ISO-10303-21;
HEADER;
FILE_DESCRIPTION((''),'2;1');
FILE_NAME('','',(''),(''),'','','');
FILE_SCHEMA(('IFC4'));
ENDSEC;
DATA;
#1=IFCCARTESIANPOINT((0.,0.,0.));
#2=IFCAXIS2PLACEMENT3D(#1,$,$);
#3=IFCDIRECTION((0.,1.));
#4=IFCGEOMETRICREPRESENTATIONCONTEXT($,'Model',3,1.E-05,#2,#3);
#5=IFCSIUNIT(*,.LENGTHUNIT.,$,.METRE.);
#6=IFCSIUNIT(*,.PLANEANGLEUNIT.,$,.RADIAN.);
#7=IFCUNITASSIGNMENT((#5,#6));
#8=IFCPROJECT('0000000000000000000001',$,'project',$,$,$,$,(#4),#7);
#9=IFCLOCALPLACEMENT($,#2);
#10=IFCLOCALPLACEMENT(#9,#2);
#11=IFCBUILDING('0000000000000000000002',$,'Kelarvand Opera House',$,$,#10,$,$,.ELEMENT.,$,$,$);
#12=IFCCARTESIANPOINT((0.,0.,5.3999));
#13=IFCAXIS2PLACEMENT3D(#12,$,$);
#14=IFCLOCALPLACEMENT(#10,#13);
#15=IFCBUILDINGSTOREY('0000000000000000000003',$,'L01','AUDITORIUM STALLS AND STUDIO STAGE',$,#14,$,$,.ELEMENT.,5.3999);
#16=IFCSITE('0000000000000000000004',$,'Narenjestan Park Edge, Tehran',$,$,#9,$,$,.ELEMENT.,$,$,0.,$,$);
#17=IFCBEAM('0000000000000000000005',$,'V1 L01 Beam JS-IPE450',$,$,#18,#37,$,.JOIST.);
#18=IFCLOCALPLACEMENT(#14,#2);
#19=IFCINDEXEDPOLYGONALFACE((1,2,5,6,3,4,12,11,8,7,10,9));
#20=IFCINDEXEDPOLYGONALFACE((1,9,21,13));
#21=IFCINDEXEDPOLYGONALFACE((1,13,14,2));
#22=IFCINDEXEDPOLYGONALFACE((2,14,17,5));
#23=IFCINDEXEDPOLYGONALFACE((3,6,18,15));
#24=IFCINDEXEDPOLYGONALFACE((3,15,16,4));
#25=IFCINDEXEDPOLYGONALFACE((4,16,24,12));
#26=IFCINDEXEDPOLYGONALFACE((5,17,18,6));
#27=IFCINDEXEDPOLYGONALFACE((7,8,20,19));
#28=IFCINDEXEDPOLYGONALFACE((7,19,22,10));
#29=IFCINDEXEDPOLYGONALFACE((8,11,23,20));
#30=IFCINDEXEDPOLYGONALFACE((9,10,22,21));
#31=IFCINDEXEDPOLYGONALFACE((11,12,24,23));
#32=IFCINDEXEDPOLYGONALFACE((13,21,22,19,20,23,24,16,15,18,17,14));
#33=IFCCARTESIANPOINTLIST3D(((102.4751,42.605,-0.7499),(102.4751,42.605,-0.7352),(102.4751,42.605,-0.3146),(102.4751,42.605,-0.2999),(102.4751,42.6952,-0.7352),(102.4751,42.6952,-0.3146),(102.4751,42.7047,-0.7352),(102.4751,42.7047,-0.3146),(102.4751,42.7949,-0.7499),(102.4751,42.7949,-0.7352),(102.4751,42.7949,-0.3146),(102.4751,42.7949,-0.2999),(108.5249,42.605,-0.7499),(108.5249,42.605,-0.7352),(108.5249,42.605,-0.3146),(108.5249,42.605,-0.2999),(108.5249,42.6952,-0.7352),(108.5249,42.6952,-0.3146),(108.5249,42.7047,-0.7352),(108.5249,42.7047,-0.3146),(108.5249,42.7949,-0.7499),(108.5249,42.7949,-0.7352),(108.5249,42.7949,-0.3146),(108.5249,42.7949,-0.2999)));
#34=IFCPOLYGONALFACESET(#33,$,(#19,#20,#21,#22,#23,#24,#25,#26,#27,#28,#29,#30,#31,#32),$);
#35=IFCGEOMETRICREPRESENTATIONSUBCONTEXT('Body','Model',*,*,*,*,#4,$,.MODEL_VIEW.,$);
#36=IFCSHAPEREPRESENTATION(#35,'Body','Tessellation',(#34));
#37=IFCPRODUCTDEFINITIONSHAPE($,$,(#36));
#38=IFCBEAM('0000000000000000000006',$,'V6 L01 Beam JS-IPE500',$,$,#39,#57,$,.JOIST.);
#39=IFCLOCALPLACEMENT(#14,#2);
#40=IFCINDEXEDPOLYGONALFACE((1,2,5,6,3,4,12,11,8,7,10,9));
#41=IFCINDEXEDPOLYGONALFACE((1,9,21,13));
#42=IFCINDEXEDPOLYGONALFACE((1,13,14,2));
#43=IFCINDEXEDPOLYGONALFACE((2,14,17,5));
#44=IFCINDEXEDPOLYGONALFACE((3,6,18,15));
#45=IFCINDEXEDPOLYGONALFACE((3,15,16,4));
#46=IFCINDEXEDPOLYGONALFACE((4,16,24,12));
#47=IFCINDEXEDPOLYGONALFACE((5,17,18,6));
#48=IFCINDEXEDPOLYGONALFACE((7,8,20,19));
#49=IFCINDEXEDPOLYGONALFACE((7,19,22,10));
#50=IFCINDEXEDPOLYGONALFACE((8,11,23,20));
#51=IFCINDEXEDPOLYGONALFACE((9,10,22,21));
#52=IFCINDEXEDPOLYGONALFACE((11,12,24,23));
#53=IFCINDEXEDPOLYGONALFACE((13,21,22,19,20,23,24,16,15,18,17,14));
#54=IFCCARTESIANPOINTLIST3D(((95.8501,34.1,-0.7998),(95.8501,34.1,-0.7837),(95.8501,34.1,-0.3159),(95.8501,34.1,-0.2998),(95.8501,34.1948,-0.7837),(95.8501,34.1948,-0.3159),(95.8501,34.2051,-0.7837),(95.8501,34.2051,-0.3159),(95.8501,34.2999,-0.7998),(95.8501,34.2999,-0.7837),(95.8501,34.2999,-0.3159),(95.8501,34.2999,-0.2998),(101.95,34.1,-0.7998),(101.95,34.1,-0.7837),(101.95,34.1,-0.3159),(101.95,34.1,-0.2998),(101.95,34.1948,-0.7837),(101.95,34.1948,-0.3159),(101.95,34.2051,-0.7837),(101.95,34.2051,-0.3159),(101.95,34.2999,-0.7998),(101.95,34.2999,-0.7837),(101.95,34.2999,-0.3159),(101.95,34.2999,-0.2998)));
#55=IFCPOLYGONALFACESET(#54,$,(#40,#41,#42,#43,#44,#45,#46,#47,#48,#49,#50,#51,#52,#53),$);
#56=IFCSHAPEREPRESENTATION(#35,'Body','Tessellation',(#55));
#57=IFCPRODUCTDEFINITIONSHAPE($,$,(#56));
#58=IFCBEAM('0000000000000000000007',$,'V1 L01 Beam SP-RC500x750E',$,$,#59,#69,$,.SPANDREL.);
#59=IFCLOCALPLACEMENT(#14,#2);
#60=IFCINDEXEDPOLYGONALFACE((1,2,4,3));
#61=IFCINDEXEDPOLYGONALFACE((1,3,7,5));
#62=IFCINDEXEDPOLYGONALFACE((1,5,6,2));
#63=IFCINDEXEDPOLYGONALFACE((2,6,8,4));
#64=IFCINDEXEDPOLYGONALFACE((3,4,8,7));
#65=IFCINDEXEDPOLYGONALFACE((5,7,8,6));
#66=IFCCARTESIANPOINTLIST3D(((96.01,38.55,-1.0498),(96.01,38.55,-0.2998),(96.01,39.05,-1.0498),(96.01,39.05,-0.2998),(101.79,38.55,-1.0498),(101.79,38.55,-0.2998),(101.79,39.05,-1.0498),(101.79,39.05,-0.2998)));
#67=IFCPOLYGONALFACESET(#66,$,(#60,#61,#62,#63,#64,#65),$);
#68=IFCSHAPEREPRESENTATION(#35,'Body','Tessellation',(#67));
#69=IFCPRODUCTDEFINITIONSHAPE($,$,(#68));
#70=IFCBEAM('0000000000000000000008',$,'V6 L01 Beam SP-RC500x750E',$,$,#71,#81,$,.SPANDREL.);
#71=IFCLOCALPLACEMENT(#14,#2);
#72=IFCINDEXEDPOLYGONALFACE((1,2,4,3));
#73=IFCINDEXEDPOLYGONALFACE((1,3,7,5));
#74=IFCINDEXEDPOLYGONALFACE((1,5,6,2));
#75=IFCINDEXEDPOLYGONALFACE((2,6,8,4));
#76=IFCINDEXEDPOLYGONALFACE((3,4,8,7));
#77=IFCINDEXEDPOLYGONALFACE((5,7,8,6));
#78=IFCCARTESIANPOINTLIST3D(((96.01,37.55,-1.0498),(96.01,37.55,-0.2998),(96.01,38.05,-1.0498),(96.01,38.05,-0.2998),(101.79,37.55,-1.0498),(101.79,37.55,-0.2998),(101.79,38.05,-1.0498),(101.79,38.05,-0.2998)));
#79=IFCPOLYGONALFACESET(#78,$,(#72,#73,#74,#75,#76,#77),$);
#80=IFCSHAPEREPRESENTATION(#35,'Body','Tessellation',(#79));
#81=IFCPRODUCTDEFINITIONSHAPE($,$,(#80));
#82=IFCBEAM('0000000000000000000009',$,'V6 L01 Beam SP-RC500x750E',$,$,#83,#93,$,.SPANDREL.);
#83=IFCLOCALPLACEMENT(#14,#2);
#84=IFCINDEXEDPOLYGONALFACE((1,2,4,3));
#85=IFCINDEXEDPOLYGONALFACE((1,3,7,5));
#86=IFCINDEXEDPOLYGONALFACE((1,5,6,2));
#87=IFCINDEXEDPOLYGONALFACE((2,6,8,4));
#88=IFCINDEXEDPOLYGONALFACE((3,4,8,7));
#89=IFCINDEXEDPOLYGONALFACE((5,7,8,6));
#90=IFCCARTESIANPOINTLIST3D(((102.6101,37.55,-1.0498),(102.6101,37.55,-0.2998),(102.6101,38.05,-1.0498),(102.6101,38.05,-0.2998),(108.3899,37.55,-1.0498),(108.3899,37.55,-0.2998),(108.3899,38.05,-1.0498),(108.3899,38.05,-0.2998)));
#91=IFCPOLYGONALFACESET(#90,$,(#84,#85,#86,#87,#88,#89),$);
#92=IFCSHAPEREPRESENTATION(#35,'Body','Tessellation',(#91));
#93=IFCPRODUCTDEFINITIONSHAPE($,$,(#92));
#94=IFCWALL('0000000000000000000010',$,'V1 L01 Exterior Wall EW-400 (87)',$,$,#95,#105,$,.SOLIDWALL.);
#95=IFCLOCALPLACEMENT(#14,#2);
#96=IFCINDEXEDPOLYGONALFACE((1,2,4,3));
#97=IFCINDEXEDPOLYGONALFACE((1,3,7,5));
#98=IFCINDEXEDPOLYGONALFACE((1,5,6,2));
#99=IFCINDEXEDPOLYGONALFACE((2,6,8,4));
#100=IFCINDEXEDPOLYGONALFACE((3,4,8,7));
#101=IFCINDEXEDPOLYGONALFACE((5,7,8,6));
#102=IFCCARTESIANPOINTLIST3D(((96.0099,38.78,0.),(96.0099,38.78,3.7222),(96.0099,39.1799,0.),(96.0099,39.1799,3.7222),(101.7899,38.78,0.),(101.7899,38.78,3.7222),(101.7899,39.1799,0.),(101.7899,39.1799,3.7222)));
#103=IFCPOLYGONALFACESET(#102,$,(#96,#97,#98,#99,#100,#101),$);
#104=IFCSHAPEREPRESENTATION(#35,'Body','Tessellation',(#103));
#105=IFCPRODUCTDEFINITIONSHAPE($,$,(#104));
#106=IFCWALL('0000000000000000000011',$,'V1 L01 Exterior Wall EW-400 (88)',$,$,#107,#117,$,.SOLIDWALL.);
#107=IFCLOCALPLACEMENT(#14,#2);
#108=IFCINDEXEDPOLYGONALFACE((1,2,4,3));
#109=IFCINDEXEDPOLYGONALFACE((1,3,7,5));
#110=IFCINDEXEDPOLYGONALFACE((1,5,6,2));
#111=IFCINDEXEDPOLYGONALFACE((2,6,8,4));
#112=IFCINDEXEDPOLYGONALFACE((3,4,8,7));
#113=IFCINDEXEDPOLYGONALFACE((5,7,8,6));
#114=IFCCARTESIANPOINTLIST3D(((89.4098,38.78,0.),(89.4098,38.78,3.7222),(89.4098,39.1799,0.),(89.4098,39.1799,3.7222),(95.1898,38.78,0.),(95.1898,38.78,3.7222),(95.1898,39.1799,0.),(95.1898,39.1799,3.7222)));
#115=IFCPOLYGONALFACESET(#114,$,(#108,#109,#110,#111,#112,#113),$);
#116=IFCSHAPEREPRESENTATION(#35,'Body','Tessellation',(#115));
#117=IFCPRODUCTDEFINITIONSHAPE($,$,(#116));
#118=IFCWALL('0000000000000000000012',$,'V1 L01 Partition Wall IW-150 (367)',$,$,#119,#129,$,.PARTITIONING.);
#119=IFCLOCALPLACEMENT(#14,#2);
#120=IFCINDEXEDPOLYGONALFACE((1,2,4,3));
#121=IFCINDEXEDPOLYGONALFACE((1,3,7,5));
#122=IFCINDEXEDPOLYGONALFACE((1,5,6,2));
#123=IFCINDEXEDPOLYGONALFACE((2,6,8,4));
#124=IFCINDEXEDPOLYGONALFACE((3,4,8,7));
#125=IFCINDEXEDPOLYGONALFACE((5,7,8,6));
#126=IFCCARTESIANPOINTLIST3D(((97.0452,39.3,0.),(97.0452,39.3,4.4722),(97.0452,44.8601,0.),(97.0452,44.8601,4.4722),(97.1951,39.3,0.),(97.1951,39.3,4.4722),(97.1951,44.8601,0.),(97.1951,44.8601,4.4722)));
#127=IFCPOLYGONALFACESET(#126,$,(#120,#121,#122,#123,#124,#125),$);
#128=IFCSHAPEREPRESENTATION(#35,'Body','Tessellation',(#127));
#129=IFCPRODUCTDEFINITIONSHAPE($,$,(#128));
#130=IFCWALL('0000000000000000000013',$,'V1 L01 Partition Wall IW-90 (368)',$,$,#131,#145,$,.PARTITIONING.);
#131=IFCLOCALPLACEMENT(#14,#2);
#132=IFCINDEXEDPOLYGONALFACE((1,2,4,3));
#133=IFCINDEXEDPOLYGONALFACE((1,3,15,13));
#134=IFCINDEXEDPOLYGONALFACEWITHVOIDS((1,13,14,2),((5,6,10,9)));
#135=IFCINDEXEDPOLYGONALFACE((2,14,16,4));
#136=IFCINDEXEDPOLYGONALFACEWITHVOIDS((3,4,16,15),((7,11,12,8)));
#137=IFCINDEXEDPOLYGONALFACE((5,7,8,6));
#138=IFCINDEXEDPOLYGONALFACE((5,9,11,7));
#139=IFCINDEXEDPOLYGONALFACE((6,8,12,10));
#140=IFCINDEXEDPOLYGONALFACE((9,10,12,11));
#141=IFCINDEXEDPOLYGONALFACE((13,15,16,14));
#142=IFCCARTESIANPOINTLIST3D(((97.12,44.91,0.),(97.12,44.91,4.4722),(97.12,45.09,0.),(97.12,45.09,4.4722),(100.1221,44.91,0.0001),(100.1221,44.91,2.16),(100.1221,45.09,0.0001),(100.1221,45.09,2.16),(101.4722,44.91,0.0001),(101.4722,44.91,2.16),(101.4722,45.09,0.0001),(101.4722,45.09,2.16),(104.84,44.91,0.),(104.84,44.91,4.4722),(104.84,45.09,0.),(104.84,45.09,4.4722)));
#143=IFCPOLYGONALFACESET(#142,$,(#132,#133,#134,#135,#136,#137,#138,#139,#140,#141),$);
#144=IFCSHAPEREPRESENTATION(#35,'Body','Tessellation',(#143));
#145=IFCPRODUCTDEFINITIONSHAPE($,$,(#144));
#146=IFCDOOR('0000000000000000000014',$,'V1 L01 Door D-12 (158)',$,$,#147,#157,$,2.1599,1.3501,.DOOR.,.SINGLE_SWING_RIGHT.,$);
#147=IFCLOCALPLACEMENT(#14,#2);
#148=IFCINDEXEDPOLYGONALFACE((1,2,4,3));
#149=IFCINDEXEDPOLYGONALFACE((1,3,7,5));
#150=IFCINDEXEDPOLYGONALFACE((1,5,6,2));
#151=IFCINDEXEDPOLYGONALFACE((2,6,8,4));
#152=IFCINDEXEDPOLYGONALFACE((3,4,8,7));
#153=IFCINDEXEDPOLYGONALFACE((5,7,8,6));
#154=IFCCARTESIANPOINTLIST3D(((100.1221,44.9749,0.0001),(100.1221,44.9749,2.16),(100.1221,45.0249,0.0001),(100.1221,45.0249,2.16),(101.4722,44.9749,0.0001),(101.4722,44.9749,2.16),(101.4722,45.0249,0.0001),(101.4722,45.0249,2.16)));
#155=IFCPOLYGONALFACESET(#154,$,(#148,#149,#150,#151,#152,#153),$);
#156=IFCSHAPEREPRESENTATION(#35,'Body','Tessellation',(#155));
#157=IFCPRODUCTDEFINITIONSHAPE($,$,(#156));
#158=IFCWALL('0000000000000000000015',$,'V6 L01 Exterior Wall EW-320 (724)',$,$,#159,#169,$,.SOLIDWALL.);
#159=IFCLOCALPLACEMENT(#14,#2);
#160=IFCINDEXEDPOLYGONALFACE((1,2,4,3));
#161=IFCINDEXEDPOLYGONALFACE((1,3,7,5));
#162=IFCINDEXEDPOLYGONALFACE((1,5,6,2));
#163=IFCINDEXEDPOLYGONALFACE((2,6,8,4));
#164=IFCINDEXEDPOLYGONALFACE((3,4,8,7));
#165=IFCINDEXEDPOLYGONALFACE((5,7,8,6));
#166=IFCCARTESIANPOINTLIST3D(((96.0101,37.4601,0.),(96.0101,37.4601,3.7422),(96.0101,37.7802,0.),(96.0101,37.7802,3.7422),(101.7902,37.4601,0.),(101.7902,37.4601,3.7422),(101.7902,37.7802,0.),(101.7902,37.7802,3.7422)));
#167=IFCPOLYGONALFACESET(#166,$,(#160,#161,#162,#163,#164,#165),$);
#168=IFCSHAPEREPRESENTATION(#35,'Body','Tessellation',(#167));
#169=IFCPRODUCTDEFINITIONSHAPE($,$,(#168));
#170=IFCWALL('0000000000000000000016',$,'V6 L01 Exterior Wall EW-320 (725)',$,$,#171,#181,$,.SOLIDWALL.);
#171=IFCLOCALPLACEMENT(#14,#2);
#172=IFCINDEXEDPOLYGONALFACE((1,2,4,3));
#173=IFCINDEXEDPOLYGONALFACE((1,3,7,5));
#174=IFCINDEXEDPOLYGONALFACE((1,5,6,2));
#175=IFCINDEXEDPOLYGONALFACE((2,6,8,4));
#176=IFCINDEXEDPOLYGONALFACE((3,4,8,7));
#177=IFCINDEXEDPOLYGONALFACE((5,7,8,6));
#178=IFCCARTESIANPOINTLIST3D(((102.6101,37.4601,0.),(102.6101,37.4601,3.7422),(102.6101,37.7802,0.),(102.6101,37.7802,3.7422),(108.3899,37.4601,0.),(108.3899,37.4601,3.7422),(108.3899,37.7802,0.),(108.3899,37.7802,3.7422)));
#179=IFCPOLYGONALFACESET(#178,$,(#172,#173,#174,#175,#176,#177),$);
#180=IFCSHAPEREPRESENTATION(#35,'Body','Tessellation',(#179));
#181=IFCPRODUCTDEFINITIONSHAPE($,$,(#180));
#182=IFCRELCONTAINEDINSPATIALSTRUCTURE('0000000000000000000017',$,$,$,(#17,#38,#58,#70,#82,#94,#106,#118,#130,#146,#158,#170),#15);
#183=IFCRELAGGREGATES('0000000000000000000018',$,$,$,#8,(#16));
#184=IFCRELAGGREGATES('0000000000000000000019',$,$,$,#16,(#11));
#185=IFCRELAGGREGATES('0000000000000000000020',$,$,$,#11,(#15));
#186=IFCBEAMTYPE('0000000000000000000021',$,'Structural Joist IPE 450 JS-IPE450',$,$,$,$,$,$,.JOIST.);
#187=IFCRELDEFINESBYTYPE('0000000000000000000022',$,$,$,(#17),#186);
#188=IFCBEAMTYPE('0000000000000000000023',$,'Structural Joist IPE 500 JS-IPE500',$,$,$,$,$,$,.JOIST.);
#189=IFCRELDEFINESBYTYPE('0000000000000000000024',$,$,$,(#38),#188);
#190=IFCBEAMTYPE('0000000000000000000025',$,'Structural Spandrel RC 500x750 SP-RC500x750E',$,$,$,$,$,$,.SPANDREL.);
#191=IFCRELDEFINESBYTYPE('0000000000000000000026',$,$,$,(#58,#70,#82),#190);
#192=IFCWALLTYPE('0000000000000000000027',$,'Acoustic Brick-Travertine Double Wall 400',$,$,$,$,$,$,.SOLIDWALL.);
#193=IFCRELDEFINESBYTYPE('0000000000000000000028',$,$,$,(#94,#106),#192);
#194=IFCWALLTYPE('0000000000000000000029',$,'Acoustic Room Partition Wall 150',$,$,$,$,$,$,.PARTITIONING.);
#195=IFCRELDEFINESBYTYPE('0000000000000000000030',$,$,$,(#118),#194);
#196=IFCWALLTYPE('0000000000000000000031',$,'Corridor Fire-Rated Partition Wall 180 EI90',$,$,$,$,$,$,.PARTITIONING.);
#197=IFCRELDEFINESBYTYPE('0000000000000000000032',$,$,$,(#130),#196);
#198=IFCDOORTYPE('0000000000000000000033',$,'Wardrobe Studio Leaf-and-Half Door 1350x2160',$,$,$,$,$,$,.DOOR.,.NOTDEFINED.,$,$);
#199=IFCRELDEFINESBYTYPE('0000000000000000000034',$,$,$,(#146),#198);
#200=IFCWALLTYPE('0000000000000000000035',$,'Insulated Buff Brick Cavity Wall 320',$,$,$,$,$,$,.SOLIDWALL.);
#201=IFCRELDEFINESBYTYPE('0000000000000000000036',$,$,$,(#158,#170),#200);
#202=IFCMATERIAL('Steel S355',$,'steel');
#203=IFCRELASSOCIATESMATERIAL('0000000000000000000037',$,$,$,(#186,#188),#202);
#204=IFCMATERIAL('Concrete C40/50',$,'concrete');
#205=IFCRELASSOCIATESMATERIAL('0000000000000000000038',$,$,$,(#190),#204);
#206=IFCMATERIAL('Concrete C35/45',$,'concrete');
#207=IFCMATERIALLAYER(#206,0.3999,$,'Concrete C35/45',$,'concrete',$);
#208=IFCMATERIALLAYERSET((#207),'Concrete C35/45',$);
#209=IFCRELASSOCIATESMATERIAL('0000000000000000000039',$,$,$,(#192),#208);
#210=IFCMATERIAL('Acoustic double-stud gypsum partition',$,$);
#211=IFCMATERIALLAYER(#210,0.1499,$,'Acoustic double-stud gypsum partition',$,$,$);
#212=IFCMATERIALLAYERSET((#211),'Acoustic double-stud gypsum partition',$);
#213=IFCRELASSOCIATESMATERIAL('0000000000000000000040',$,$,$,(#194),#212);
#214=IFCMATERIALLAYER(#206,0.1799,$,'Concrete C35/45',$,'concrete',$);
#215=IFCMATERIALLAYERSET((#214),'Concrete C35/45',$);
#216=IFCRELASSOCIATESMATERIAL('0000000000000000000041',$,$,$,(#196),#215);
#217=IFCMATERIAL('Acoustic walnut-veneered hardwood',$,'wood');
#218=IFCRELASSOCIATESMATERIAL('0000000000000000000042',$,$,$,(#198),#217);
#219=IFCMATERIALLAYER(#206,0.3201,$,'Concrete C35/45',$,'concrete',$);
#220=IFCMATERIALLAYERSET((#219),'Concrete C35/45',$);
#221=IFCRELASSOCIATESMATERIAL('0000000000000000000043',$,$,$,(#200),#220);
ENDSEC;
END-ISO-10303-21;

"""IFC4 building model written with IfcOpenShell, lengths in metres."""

from ifc_helpers import new_model, si_unit, direction, frame, frame_2d, origin, origin_2d, place, context, subcontext, project, spatial, rectangle, i_section, extrude, material, layer, layer_set, material_profile, profile_set, type_object, element, fill, save


model = new_model("IFC4")

# Units and contexts
model_context = context("Model", 3, precision=1e-05, world=origin(), true_north=direction((0.0, 1.0)))
body_context = subcontext(model_context, "Body", "Model", "MODEL_VIEW")
ifc_project = project(units=[si_unit("LENGTHUNIT", "METRE"), si_unit("PLANEANGLEUNIT", "RADIAN")], contexts=[model_context])

# Site, building, storey
site_placement = place(None, origin())
site = spatial("IfcSite", under=ifc_project, at=site_placement, Name="Narenjestan Park Edge, Tehran", CompositionType="ELEMENT", RefElevation=0.0)
building_placement = place(site_placement, origin())
building = spatial("IfcBuilding", under=site, at=building_placement, Name="Kelarvand Opera House", CompositionType="ELEMENT")
storey_placement = place(building_placement, frame((0.0, 0.0, 5.3999)))
storey = spatial("IfcBuildingStorey", under=building, at=storey_placement, Name="L01", Description="AUDITORIUM STALLS AND STUDIO STAGE", CompositionType="ELEMENT", Elevation=5.3999)

# Shared definitions
ifc_material_1 = material(Name="Concrete C40/50", Category="concrete")

# Beams
ifc_material_2 = material(Name="Steel S355", Category="steel")
ifc_material_profile_1 = material_profile(ifc_material_2, i_section(OverallWidth=0.1899, OverallDepth=0.45, WebThickness=0.0095, FlangeThickness=0.0146, at=origin_2d()), Name="IPE 450", Category="steel")
ifc_profile_set_1 = profile_set([ifc_material_profile_1], Name="Steel S355")
beam_type_1 = type_object("IfcBeamType", Name="Structural Joist IPE 450 JS-IPE450", PredefinedType="JOIST", material=ifc_profile_set_1)
beam_1_placement = place(storey_placement, frame((102.4751, 42.7, -0.5249), z_axis=(1.0, 0.0, 0.0), x_axis=(0.0, 1.0, 0.0)))
element("IfcBeam", 1, at=beam_1_placement, inside=storey, type_object=beam_type_1, Name="V1 L01 Beam JS-IPE450", PredefinedType="JOIST", context=body_context, shape_type="SweptSolid", body=[
    extrude(i_section(OverallWidth=0.1899, OverallDepth=0.45, WebThickness=0.0095, FlangeThickness=0.0146, at=origin_2d()), origin(), (0.0, 0.0, 1.0), 6.0498),
])
ifc_material_profile_2 = material_profile(ifc_material_2, i_section(OverallWidth=0.2, OverallDepth=0.5, WebThickness=0.0103, FlangeThickness=0.0161, at=origin_2d()), Name="IPE 500", Category="steel")
ifc_profile_set_2 = profile_set([ifc_material_profile_2], Name="Steel S355")
beam_type_2 = type_object("IfcBeamType", Name="Structural Joist IPE 500 JS-IPE500", PredefinedType="JOIST", material=ifc_profile_set_2)
beam_2_placement = place(storey_placement, frame((95.8501, 34.2, -0.5498), z_axis=(1.0, 0.0, 0.0), x_axis=(0.0, 1.0, 0.0)))
element("IfcBeam", 2, at=beam_2_placement, inside=storey, type_object=beam_type_2, Name="V6 L01 Beam JS-IPE500", PredefinedType="JOIST", context=body_context, shape_type="SweptSolid", body=[
    extrude(i_section(OverallWidth=0.2, OverallDepth=0.5, WebThickness=0.0103, FlangeThickness=0.0161, at=origin_2d()), origin(), (0.0, 0.0, 1.0), 6.0999),
])
ifc_material_profile_3 = material_profile(ifc_material_1, rectangle(XDim=0.5, YDim=0.75, at=origin_2d()), Name="RC 500x750", Category="concrete")
ifc_profile_set_3 = profile_set([ifc_material_profile_3], Name="Concrete C40/50")
beam_type_3 = type_object("IfcBeamType", Name="Structural Spandrel RC 500x750 SP-RC500x750E", PredefinedType="SPANDREL", material=ifc_profile_set_3)
for number, where, z_axis, x_axis, name in (
    (3, (96.01, 38.8, -0.6748), (1.0, 0.0, 0.0), (0.0, 1.0, 0.0), "V1 L01 Beam SP-RC500x750E"),
    (4, (96.01, 37.8, -0.6748), (1.0, 0.0, 0.0), (0.0, 1.0, 0.0), "V6 L01 Beam SP-RC500x750E"),
):
    element("IfcBeam", number, at=place(storey_placement, frame(where, z_axis=z_axis, x_axis=x_axis)), inside=storey, type_object=beam_type_3, Name=name, PredefinedType="SPANDREL", context=body_context, shape_type="SweptSolid", body=[
        extrude(rectangle(XDim=0.5, YDim=0.75, at=origin_2d()), origin(), (0.0, 0.0, 1.0), 5.78),
    ])
beam_3_placement = place(storey_placement, frame((102.6101, 37.8, -0.6748), z_axis=(1.0, 0.0, 0.0), x_axis=(0.0, 1.0, 0.0)))
element("IfcBeam", 5, at=beam_3_placement, inside=storey, type_object=beam_type_3, Name="V6 L01 Beam SP-RC500x750E", PredefinedType="SPANDREL", context=body_context, shape_type="SweptSolid", body=[
    extrude(rectangle(XDim=0.5, YDim=0.75, at=origin_2d()), origin(), (0.0, 0.0, 1.0), 5.7798),
])

# Walls
ifc_material_3 = material(Name="Concrete C35/45", Category="concrete")
ifc_layer_1 = layer(ifc_material_3, 0.3999, Name="Concrete C35/45", Category="concrete")
ifc_layer_set_1 = layer_set([ifc_layer_1], Name="Concrete C35/45")
wall_type_1 = type_object("IfcWallType", Name="Acoustic Brick-Travertine Double Wall 400", PredefinedType="SOLIDWALL", material=ifc_layer_set_1)
for number, where, z_axis, x_axis, name in (
    (6, (101.79, 38.98, 0.0), (0.0, 0.0, 1.0), (-1.0, 0.0, 0.0), "V1 L01 Exterior Wall EW-400 (87)"),
    (7, (95.1899, 38.98, 0.0), (0.0, 0.0, 1.0), (-1.0, 0.0, 0.0), "V1 L01 Exterior Wall EW-400 (88)"),
):
    element("IfcWall", number, at=place(storey_placement, frame(where, z_axis=z_axis, x_axis=x_axis)), inside=storey, type_object=wall_type_1, Name=name, PredefinedType="SOLIDWALL", context=body_context, shape_type="SweptSolid", body=[
        extrude(rectangle(XDim=5.78, YDim=0.3999, at=frame_2d((2.8901, 0.0))), origin(), (0.0, 0.0, 1.0), 3.7222),
    ])
ifc_material_4 = material(Name="Acoustic double-stud gypsum partition")
ifc_layer_2 = layer(ifc_material_4, 0.1499, Name="Acoustic double-stud gypsum partition")
ifc_layer_set_2 = layer_set([ifc_layer_2], Name="Acoustic double-stud gypsum partition")
wall_type_2 = type_object("IfcWallType", Name="Acoustic Room Partition Wall 150", PredefinedType="PARTITIONING", material=ifc_layer_set_2)
wall_1_placement = place(storey_placement, frame((97.1201, 39.3, 0.0), z_axis=(0.0, 0.0, 1.0), x_axis=(0.0, 1.0, 0.0)))
element("IfcWall", 8, at=wall_1_placement, inside=storey, type_object=wall_type_2, Name="V1 L01 Partition Wall IW-150 (367)", PredefinedType="PARTITIONING", context=body_context, shape_type="SweptSolid", body=[
    extrude(rectangle(XDim=5.5601, YDim=0.1499, at=frame_2d((2.78, 0.0))), origin(), (0.0, 0.0, 1.0), 4.4722),
])

# Wall, opening, door
ifc_layer_3 = layer(ifc_material_3, 0.1799, Name="Concrete C35/45", Category="concrete")
ifc_layer_set_3 = layer_set([ifc_layer_3], Name="Concrete C35/45")
wall_type_3 = type_object("IfcWallType", Name="Corridor Fire-Rated Partition Wall 180 EI90", PredefinedType="PARTITIONING", material=ifc_layer_set_3)
wall_2_placement = place(storey_placement, frame((97.1201, 45.0, 0.0), z_axis=(0.0, 0.0, 1.0), x_axis=(1.0, 0.0, 0.0)))
wall_2 = element("IfcWall", 9, at=wall_2_placement, inside=storey, type_object=wall_type_3, Name="V1 L01 Partition Wall IW-90 (368)", PredefinedType="PARTITIONING", context=body_context, shape_type="SweptSolid", body=[
    extrude(rectangle(XDim=7.72, YDim=0.1799, at=frame_2d((3.8599, 0.0))), origin(), (0.0, 0.0, 1.0), 4.4722),
])
opening_placement = place(wall_2_placement, frame((3.002, 0.0, 0.0)))
opening = element("IfcOpeningElement", 10, at=opening_placement, cuts=wall_2, PredefinedType="OPENING", context=body_context, shape_type="SweptSolid", body=[
    extrude(rectangle(XDim=1.3501, YDim=2.1599, at=frame_2d((0.675, 1.0801))), frame((0.0, 0.1001, 0.0), z_axis=(0.0, -1.0, 0.0), x_axis=(1.0, 0.0, 0.0)), (0.0, 0.0, 1.0), 0.2),
])
ifc_material_5 = material(Name="Acoustic walnut-veneered hardwood", Category="wood")
door_type = type_object("IfcDoorType", Name="Wardrobe Studio Leaf-and-Half Door 1350x2160", OperationType="NOTDEFINED", PredefinedType="DOOR", material=ifc_material_5)
door_placement = place(opening_placement, origin())
door = element("IfcDoor", 11, at=door_placement, inside=storey, type_object=door_type, Name="V1 L01 Door D-12 (158)", OperationType="SINGLE_SWING_RIGHT", OverallHeight=2.1599, OverallWidth=1.3501, PredefinedType="DOOR", context=body_context, shape_type="SweptSolid", body=[
    extrude(rectangle(XDim=1.3501, YDim=2.1599, at=frame_2d((0.675, 1.0801))), frame((0.0, 0.0249, 0.0), z_axis=(0.0, -1.0, 0.0), x_axis=(1.0, 0.0, 0.0)), (0.0, 0.0, 1.0), 0.05),
])
fill(opening, door)

# Walls
ifc_layer_4 = layer(ifc_material_3, 0.3201, Name="Concrete C35/45", Category="concrete")
ifc_layer_set_4 = layer_set([ifc_layer_4], Name="Concrete C35/45")
wall_type_4 = type_object("IfcWallType", Name="Insulated Buff Brick Cavity Wall 320", PredefinedType="SOLIDWALL", material=ifc_layer_set_4)
wall_3_placement = place(storey_placement, frame((96.01, 37.6201, 0.0), z_axis=(0.0, 0.0, 1.0), x_axis=(1.0, 0.0, 0.0)))
element("IfcWall", 12, at=wall_3_placement, inside=storey, type_object=wall_type_4, Name="V6 L01 Exterior Wall EW-320 (724)", PredefinedType="SOLIDWALL", context=body_context, shape_type="SweptSolid", body=[
    extrude(rectangle(XDim=5.78, YDim=0.3201, at=frame_2d((2.8901, 0.0))), origin(), (0.0, 0.0, 1.0), 3.7422),
])
wall_4_placement = place(storey_placement, frame((102.6101, 37.6201, 0.0), z_axis=(0.0, 0.0, 1.0), x_axis=(1.0, 0.0, 0.0)))
element("IfcWall", 13, at=wall_4_placement, inside=storey, type_object=wall_type_4, Name="V6 L01 Exterior Wall EW-320 (725)", PredefinedType="SOLIDWALL", context=body_context, shape_type="SweptSolid", body=[
    extrude(rectangle(XDim=5.7798, YDim=0.3201, at=frame_2d((2.8899, 0.0))), origin(), (0.0, 0.0, 1.0), 3.7422),
])

save(model, "model.ifc")
